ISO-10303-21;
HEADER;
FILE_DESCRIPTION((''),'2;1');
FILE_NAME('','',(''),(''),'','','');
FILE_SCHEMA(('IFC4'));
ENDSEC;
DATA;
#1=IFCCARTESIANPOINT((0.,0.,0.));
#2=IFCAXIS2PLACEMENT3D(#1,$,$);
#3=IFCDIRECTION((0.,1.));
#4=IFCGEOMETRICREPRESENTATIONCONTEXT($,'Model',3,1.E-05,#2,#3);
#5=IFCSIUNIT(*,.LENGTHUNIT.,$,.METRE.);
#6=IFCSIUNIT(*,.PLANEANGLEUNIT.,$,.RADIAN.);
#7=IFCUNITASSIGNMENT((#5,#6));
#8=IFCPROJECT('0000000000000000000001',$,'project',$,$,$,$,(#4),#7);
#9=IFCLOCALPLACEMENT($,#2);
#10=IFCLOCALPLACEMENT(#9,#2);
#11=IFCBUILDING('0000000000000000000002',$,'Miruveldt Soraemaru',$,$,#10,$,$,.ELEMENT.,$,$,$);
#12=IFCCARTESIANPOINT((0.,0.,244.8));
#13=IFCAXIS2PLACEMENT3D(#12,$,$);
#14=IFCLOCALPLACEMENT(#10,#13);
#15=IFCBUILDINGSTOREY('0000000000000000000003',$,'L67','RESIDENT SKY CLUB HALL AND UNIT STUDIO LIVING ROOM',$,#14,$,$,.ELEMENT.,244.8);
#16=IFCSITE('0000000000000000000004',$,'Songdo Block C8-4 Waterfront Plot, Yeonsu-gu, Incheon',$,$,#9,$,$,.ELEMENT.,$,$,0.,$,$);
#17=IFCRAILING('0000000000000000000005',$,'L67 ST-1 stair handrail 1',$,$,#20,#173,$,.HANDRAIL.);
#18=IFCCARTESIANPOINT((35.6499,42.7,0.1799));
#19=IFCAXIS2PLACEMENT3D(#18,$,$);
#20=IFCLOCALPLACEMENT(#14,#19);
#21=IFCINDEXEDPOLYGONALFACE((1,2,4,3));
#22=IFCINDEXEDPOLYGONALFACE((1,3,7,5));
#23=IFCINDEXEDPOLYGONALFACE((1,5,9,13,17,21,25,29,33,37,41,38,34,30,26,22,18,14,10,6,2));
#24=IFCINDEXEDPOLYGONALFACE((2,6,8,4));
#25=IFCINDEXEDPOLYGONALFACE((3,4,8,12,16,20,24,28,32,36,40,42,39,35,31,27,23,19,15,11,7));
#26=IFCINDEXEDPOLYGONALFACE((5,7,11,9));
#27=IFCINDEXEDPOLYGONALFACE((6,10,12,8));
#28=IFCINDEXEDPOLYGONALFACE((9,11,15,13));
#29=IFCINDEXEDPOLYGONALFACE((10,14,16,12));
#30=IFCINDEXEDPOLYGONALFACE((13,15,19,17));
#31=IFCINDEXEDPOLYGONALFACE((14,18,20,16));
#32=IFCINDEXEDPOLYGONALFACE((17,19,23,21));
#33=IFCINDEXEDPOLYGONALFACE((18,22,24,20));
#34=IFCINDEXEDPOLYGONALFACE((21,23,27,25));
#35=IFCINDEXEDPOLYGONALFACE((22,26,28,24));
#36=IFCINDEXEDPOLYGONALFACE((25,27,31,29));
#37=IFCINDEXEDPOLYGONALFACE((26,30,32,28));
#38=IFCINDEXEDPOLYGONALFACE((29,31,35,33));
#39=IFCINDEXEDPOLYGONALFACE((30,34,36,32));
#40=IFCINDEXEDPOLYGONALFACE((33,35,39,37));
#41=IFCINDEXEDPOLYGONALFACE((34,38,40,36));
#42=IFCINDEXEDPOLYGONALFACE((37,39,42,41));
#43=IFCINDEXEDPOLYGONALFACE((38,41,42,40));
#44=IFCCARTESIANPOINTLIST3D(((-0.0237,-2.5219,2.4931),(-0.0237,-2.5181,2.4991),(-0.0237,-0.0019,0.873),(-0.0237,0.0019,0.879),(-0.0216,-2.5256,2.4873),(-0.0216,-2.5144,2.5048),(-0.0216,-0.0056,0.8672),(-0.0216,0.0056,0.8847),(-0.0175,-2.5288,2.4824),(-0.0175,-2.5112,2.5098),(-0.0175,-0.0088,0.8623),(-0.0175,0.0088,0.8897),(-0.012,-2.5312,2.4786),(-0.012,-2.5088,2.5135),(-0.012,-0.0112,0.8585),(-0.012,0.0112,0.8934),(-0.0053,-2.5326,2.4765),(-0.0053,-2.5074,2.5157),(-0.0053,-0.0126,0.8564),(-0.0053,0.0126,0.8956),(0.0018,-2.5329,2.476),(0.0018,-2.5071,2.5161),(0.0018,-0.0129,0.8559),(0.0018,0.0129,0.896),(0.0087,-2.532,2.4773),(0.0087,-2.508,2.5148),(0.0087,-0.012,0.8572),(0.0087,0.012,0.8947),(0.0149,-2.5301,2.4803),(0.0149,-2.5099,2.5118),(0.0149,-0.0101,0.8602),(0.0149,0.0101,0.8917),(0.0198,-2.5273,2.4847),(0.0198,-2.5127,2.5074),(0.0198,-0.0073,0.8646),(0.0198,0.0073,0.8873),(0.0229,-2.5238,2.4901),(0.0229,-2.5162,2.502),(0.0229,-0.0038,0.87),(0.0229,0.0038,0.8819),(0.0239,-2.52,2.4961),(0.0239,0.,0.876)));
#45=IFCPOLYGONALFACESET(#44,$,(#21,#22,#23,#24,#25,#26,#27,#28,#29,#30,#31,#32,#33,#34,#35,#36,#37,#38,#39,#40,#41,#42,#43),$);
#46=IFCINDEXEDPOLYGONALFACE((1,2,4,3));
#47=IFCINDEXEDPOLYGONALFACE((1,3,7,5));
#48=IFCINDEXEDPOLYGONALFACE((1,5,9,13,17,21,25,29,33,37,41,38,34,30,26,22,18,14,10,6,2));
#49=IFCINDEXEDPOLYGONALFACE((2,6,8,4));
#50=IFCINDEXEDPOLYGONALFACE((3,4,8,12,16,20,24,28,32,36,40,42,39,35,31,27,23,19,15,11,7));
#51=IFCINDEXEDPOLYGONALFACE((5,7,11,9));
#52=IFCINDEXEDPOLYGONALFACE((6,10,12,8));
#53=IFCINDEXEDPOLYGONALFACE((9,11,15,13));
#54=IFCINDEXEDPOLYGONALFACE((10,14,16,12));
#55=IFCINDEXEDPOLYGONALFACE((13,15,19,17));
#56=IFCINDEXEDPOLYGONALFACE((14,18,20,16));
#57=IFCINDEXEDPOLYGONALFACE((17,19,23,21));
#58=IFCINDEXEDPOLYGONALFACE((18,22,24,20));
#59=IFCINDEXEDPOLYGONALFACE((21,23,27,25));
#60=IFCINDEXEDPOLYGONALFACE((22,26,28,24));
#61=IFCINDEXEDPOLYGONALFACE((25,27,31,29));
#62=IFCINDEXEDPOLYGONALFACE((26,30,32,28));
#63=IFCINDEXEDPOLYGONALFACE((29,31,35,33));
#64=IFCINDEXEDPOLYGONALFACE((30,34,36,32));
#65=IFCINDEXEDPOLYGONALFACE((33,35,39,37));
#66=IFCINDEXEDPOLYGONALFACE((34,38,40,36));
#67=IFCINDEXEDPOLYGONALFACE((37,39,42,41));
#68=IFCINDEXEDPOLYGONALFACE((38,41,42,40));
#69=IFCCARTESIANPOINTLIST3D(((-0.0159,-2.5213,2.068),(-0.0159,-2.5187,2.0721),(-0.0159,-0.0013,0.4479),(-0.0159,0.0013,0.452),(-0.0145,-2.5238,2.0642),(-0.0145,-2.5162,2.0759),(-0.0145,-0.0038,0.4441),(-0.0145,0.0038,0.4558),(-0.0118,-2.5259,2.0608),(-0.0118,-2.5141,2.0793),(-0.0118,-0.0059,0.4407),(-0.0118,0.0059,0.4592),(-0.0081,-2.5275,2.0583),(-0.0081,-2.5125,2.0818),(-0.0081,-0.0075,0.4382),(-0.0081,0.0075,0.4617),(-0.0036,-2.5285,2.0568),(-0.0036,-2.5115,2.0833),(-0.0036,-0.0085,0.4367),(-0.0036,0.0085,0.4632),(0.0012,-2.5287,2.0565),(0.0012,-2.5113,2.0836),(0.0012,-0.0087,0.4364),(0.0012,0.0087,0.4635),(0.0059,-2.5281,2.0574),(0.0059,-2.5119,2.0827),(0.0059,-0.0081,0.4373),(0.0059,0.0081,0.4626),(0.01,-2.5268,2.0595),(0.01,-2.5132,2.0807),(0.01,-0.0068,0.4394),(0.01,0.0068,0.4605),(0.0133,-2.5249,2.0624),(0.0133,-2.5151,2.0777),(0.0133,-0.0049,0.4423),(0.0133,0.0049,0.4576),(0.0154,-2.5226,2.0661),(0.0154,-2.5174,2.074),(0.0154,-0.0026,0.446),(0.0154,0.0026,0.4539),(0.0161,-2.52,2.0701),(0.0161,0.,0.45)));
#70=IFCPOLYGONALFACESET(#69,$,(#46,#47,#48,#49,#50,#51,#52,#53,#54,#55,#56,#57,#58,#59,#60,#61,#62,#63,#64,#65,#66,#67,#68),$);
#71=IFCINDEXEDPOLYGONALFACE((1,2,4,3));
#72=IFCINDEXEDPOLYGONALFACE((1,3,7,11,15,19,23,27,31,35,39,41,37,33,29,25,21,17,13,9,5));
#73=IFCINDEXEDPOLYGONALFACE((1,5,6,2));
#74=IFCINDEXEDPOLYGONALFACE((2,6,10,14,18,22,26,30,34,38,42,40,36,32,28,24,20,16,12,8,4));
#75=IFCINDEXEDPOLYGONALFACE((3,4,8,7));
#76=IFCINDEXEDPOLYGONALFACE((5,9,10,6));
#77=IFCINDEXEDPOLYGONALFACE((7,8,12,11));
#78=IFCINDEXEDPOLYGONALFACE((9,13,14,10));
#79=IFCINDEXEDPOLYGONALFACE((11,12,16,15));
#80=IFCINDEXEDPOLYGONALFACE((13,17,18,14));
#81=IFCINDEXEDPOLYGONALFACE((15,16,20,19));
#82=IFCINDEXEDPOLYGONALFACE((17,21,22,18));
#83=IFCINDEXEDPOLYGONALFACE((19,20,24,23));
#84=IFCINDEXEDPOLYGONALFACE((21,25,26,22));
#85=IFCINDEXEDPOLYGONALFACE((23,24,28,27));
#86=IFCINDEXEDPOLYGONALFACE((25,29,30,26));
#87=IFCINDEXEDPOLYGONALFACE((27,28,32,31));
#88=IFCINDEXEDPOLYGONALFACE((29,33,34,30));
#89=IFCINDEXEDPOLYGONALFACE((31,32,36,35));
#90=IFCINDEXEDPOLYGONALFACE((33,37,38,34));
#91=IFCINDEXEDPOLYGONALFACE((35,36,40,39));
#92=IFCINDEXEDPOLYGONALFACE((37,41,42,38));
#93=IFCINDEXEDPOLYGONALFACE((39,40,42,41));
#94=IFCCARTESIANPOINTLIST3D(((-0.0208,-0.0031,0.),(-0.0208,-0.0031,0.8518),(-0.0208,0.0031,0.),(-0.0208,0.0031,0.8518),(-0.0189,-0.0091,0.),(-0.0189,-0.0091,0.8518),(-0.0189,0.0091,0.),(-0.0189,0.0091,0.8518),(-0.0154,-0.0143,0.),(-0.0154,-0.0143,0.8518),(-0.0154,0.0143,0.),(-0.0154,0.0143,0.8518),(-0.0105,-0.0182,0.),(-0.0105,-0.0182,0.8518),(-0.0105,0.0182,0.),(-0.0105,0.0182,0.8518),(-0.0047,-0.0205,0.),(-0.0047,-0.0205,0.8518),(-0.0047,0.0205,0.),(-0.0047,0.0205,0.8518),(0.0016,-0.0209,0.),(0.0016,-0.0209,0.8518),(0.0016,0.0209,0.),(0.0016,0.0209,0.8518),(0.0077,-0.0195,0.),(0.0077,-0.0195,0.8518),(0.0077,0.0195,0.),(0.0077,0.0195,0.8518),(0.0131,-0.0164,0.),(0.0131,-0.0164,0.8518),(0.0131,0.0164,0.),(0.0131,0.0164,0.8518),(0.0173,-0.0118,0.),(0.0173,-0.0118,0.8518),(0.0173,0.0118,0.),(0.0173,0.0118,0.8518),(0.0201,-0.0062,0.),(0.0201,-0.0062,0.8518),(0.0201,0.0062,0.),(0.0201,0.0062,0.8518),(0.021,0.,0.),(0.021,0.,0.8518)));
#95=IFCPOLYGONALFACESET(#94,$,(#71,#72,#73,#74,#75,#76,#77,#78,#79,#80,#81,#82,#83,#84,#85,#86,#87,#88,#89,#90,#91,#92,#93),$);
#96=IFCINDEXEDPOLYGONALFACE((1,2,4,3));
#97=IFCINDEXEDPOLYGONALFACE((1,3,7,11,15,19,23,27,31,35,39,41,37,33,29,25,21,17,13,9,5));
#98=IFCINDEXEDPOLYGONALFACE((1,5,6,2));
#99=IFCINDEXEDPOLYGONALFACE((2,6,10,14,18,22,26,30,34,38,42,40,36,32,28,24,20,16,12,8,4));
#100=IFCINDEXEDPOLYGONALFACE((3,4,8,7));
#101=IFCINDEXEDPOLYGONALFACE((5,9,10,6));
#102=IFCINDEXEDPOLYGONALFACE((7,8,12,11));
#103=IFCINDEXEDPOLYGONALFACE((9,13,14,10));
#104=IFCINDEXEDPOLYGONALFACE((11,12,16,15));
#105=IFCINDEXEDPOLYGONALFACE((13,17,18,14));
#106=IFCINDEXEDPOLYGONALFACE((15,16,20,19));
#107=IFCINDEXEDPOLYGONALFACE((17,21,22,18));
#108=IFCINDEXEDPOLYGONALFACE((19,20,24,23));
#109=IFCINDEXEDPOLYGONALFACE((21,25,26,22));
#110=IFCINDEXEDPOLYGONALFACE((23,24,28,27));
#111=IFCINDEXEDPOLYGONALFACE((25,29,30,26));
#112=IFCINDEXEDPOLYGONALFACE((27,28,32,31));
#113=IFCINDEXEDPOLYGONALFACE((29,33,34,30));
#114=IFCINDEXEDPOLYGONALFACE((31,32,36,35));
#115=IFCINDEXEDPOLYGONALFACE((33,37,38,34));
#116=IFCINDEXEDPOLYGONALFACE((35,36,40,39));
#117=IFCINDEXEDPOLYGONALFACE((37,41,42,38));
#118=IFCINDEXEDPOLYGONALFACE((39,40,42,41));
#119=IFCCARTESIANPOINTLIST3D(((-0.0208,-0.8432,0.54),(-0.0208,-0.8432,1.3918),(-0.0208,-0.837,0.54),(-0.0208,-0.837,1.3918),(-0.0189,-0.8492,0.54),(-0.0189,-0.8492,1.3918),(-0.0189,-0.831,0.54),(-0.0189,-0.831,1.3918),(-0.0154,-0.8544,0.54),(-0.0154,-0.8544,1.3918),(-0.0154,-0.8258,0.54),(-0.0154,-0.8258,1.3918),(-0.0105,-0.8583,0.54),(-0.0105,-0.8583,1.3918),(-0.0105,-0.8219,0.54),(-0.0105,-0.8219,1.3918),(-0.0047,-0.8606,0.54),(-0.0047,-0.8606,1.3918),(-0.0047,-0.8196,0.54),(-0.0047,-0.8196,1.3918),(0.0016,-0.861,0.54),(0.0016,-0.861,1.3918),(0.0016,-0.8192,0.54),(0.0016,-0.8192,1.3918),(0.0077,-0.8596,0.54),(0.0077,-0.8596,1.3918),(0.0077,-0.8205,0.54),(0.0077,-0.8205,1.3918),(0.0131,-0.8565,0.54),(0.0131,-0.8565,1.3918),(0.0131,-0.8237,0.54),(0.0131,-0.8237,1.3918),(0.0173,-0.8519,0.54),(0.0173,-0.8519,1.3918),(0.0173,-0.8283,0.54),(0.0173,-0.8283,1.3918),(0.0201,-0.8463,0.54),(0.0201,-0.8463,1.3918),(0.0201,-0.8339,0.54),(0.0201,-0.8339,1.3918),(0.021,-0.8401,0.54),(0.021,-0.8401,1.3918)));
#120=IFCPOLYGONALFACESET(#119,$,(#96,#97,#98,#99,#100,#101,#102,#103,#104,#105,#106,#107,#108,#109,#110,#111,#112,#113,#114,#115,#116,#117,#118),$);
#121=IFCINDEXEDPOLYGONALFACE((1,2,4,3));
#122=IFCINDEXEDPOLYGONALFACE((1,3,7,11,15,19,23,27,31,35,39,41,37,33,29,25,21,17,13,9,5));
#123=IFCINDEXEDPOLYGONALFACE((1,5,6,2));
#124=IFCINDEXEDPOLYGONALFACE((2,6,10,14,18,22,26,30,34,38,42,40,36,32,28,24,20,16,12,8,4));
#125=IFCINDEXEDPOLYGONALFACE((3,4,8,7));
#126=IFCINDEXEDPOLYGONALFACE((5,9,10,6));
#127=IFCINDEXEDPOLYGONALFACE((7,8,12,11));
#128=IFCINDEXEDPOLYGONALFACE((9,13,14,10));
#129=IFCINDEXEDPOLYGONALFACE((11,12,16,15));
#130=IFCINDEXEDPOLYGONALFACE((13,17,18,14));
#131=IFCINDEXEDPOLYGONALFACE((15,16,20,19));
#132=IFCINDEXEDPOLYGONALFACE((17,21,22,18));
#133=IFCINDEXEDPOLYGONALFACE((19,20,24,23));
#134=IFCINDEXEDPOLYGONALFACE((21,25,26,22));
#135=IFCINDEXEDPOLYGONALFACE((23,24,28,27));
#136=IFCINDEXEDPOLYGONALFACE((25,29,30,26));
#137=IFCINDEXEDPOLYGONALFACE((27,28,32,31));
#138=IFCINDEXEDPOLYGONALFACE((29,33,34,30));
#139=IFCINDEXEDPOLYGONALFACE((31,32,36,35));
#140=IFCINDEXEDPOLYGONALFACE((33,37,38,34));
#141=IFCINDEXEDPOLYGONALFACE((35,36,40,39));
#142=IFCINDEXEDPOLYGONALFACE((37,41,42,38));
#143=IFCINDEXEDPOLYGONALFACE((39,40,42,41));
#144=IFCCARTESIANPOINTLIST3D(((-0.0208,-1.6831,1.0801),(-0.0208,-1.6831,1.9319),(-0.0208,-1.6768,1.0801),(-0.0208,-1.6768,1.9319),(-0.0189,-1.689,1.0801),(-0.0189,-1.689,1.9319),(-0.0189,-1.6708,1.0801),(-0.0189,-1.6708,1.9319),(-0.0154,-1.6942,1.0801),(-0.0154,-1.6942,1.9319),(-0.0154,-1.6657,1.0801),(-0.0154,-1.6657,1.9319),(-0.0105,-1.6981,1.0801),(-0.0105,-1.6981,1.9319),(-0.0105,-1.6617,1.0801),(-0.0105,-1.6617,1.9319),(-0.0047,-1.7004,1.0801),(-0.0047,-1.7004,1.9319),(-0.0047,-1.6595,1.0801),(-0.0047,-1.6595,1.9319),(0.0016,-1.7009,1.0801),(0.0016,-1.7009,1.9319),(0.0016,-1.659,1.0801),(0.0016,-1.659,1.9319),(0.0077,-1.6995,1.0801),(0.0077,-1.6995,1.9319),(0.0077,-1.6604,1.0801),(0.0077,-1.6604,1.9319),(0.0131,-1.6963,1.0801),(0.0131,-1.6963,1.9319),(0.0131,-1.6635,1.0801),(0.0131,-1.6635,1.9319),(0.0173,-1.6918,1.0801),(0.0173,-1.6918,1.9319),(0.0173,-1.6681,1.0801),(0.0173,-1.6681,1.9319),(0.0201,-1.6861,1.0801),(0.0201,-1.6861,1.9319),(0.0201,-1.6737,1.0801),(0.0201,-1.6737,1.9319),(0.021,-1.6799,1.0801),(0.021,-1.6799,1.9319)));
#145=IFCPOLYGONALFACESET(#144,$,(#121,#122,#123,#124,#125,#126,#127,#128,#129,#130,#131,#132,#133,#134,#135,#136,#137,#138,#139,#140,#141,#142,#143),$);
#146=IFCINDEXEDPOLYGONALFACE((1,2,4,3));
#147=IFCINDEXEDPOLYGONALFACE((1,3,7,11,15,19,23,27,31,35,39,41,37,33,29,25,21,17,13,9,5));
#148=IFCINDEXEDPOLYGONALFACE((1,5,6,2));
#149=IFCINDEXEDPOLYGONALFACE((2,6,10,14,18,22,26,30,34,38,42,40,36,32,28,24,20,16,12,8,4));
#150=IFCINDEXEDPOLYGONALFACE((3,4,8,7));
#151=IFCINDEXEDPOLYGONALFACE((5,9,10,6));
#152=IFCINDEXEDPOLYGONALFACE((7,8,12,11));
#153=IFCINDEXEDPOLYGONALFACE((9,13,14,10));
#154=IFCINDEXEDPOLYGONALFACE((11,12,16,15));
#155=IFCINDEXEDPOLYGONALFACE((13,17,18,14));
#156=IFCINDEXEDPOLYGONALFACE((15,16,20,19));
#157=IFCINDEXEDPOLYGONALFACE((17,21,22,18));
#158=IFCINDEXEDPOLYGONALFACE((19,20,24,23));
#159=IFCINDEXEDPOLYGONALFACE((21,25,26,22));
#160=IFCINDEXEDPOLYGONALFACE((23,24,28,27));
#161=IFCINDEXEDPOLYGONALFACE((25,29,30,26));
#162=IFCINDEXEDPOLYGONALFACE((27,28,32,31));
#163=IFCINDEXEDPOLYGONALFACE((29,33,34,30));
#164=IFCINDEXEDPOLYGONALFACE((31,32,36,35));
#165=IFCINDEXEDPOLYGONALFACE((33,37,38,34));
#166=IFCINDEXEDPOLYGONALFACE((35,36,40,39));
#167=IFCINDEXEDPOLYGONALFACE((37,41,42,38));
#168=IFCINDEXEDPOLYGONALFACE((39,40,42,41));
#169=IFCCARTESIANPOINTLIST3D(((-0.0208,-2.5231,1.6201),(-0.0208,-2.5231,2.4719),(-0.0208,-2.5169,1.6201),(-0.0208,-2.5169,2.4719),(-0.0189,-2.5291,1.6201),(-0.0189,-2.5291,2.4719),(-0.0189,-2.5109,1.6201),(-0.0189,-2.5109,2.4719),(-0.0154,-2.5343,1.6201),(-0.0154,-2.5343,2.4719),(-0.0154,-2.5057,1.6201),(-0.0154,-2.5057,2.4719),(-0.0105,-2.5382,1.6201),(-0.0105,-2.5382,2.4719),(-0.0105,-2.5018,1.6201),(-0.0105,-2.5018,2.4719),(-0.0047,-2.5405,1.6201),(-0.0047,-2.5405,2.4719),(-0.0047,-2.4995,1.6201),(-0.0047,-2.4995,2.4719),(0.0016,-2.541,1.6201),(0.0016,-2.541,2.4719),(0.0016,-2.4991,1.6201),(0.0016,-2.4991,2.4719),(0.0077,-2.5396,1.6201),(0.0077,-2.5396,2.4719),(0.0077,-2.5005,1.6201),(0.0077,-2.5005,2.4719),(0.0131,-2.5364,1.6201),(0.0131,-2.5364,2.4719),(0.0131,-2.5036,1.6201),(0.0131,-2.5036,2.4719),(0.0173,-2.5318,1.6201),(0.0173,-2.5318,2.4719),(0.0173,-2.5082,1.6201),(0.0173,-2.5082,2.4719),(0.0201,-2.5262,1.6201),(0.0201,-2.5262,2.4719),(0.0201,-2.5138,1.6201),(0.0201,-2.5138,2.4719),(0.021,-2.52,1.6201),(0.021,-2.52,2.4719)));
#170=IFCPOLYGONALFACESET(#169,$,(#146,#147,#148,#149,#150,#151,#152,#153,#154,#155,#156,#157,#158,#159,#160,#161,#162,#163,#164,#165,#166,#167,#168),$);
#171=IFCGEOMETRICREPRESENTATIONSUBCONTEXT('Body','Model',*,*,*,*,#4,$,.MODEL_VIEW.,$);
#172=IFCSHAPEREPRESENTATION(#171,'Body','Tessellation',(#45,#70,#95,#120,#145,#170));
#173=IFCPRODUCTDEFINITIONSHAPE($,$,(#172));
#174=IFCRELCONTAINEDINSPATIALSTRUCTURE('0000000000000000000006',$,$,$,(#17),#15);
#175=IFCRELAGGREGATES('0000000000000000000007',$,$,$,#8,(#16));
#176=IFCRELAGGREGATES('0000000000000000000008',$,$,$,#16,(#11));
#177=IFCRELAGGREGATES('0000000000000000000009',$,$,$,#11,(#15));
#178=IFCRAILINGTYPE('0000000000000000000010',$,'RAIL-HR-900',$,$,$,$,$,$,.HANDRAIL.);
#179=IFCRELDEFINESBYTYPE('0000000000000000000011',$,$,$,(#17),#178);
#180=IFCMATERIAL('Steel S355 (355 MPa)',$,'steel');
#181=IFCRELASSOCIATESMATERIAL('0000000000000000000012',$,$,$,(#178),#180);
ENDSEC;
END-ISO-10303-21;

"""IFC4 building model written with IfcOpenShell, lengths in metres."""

from ifc_helpers import new_model, si_unit, direction, frame, origin, origin_2d, place, context, subcontext, project, spatial, circle, extrude, material, type_object, element, save


model = new_model("IFC4")

# Units and contexts
model_context = context("Model", 3, precision=1e-05, world=origin(), true_north=direction((0.0, 1.0)))
body_context = subcontext(model_context, "Body", "Model", "MODEL_VIEW")
ifc_project = project(units=[si_unit("LENGTHUNIT", "METRE"), si_unit("PLANEANGLEUNIT", "RADIAN")], contexts=[model_context])

# Site, building, storey
site_placement = place(None, origin())
site = spatial("IfcSite", under=ifc_project, at=site_placement, Name="Songdo Block C8-4 Waterfront Plot, Yeonsu-gu, Incheon", CompositionType="ELEMENT", RefElevation=0.0)
building_placement = place(site_placement, origin())
building = spatial("IfcBuilding", under=site, at=building_placement, Name="Miruveldt Soraemaru", CompositionType="ELEMENT")
storey_placement = place(building_placement, frame((0.0, 0.0, 244.8)))
storey = spatial("IfcBuildingStorey", under=building, at=storey_placement, Name="L67", Description="RESIDENT SKY CLUB HALL AND UNIT STUDIO LIVING ROOM", CompositionType="ELEMENT", Elevation=244.8)

# Railing
ifc_material_1 = material(Name="Steel S355 (355 MPa)", Category="steel")
railing_type_1 = type_object("IfcRailingType", Name="RAIL-HR-900", PredefinedType="HANDRAIL", material=ifc_material_1)
railing_1_placement = place(storey_placement, frame((35.6499, 42.7, 0.1799)))
element("IfcRailing", 1, at=railing_1_placement, inside=storey, type_object=railing_type_1, Name="L67 ST-1 stair handrail 1", PredefinedType="HANDRAIL", context=body_context, shape_type="SweptSolid", body=[
    extrude(circle(Radius=0.0239, at=origin_2d()), frame((0.0, 0.0, 0.876), z_axis=(0.0, -0.841163, 0.540782), x_axis=(1.0, 0.0, 0.0)), (0.0, 0.0, 1.0), 2.9958),
    extrude(circle(Radius=0.0161, at=origin_2d()), frame((0.0, 0.0, 0.45), z_axis=(0.0, -0.841163, 0.540782), x_axis=(1.0, 0.0, 0.0)), (0.0, 0.0, 1.0), 2.9958),
    extrude(circle(Radius=0.021, at=origin_2d()), origin(), (0.0, 0.0, 1.0), 0.8518),
    extrude(circle(Radius=0.021, at=origin_2d()), frame((0.0, -0.8401, 0.54)), (0.0, 0.0, 1.0), 0.8518),
    extrude(circle(Radius=0.021, at=origin_2d()), frame((0.0, -1.6799, 1.0801)), (0.0, 0.0, 1.0), 0.8518),
    extrude(circle(Radius=0.021, at=origin_2d()), frame((0.0, -2.52, 1.6201)), (0.0, 0.0, 1.0), 0.8518),
])

save(model, "model.ifc")
